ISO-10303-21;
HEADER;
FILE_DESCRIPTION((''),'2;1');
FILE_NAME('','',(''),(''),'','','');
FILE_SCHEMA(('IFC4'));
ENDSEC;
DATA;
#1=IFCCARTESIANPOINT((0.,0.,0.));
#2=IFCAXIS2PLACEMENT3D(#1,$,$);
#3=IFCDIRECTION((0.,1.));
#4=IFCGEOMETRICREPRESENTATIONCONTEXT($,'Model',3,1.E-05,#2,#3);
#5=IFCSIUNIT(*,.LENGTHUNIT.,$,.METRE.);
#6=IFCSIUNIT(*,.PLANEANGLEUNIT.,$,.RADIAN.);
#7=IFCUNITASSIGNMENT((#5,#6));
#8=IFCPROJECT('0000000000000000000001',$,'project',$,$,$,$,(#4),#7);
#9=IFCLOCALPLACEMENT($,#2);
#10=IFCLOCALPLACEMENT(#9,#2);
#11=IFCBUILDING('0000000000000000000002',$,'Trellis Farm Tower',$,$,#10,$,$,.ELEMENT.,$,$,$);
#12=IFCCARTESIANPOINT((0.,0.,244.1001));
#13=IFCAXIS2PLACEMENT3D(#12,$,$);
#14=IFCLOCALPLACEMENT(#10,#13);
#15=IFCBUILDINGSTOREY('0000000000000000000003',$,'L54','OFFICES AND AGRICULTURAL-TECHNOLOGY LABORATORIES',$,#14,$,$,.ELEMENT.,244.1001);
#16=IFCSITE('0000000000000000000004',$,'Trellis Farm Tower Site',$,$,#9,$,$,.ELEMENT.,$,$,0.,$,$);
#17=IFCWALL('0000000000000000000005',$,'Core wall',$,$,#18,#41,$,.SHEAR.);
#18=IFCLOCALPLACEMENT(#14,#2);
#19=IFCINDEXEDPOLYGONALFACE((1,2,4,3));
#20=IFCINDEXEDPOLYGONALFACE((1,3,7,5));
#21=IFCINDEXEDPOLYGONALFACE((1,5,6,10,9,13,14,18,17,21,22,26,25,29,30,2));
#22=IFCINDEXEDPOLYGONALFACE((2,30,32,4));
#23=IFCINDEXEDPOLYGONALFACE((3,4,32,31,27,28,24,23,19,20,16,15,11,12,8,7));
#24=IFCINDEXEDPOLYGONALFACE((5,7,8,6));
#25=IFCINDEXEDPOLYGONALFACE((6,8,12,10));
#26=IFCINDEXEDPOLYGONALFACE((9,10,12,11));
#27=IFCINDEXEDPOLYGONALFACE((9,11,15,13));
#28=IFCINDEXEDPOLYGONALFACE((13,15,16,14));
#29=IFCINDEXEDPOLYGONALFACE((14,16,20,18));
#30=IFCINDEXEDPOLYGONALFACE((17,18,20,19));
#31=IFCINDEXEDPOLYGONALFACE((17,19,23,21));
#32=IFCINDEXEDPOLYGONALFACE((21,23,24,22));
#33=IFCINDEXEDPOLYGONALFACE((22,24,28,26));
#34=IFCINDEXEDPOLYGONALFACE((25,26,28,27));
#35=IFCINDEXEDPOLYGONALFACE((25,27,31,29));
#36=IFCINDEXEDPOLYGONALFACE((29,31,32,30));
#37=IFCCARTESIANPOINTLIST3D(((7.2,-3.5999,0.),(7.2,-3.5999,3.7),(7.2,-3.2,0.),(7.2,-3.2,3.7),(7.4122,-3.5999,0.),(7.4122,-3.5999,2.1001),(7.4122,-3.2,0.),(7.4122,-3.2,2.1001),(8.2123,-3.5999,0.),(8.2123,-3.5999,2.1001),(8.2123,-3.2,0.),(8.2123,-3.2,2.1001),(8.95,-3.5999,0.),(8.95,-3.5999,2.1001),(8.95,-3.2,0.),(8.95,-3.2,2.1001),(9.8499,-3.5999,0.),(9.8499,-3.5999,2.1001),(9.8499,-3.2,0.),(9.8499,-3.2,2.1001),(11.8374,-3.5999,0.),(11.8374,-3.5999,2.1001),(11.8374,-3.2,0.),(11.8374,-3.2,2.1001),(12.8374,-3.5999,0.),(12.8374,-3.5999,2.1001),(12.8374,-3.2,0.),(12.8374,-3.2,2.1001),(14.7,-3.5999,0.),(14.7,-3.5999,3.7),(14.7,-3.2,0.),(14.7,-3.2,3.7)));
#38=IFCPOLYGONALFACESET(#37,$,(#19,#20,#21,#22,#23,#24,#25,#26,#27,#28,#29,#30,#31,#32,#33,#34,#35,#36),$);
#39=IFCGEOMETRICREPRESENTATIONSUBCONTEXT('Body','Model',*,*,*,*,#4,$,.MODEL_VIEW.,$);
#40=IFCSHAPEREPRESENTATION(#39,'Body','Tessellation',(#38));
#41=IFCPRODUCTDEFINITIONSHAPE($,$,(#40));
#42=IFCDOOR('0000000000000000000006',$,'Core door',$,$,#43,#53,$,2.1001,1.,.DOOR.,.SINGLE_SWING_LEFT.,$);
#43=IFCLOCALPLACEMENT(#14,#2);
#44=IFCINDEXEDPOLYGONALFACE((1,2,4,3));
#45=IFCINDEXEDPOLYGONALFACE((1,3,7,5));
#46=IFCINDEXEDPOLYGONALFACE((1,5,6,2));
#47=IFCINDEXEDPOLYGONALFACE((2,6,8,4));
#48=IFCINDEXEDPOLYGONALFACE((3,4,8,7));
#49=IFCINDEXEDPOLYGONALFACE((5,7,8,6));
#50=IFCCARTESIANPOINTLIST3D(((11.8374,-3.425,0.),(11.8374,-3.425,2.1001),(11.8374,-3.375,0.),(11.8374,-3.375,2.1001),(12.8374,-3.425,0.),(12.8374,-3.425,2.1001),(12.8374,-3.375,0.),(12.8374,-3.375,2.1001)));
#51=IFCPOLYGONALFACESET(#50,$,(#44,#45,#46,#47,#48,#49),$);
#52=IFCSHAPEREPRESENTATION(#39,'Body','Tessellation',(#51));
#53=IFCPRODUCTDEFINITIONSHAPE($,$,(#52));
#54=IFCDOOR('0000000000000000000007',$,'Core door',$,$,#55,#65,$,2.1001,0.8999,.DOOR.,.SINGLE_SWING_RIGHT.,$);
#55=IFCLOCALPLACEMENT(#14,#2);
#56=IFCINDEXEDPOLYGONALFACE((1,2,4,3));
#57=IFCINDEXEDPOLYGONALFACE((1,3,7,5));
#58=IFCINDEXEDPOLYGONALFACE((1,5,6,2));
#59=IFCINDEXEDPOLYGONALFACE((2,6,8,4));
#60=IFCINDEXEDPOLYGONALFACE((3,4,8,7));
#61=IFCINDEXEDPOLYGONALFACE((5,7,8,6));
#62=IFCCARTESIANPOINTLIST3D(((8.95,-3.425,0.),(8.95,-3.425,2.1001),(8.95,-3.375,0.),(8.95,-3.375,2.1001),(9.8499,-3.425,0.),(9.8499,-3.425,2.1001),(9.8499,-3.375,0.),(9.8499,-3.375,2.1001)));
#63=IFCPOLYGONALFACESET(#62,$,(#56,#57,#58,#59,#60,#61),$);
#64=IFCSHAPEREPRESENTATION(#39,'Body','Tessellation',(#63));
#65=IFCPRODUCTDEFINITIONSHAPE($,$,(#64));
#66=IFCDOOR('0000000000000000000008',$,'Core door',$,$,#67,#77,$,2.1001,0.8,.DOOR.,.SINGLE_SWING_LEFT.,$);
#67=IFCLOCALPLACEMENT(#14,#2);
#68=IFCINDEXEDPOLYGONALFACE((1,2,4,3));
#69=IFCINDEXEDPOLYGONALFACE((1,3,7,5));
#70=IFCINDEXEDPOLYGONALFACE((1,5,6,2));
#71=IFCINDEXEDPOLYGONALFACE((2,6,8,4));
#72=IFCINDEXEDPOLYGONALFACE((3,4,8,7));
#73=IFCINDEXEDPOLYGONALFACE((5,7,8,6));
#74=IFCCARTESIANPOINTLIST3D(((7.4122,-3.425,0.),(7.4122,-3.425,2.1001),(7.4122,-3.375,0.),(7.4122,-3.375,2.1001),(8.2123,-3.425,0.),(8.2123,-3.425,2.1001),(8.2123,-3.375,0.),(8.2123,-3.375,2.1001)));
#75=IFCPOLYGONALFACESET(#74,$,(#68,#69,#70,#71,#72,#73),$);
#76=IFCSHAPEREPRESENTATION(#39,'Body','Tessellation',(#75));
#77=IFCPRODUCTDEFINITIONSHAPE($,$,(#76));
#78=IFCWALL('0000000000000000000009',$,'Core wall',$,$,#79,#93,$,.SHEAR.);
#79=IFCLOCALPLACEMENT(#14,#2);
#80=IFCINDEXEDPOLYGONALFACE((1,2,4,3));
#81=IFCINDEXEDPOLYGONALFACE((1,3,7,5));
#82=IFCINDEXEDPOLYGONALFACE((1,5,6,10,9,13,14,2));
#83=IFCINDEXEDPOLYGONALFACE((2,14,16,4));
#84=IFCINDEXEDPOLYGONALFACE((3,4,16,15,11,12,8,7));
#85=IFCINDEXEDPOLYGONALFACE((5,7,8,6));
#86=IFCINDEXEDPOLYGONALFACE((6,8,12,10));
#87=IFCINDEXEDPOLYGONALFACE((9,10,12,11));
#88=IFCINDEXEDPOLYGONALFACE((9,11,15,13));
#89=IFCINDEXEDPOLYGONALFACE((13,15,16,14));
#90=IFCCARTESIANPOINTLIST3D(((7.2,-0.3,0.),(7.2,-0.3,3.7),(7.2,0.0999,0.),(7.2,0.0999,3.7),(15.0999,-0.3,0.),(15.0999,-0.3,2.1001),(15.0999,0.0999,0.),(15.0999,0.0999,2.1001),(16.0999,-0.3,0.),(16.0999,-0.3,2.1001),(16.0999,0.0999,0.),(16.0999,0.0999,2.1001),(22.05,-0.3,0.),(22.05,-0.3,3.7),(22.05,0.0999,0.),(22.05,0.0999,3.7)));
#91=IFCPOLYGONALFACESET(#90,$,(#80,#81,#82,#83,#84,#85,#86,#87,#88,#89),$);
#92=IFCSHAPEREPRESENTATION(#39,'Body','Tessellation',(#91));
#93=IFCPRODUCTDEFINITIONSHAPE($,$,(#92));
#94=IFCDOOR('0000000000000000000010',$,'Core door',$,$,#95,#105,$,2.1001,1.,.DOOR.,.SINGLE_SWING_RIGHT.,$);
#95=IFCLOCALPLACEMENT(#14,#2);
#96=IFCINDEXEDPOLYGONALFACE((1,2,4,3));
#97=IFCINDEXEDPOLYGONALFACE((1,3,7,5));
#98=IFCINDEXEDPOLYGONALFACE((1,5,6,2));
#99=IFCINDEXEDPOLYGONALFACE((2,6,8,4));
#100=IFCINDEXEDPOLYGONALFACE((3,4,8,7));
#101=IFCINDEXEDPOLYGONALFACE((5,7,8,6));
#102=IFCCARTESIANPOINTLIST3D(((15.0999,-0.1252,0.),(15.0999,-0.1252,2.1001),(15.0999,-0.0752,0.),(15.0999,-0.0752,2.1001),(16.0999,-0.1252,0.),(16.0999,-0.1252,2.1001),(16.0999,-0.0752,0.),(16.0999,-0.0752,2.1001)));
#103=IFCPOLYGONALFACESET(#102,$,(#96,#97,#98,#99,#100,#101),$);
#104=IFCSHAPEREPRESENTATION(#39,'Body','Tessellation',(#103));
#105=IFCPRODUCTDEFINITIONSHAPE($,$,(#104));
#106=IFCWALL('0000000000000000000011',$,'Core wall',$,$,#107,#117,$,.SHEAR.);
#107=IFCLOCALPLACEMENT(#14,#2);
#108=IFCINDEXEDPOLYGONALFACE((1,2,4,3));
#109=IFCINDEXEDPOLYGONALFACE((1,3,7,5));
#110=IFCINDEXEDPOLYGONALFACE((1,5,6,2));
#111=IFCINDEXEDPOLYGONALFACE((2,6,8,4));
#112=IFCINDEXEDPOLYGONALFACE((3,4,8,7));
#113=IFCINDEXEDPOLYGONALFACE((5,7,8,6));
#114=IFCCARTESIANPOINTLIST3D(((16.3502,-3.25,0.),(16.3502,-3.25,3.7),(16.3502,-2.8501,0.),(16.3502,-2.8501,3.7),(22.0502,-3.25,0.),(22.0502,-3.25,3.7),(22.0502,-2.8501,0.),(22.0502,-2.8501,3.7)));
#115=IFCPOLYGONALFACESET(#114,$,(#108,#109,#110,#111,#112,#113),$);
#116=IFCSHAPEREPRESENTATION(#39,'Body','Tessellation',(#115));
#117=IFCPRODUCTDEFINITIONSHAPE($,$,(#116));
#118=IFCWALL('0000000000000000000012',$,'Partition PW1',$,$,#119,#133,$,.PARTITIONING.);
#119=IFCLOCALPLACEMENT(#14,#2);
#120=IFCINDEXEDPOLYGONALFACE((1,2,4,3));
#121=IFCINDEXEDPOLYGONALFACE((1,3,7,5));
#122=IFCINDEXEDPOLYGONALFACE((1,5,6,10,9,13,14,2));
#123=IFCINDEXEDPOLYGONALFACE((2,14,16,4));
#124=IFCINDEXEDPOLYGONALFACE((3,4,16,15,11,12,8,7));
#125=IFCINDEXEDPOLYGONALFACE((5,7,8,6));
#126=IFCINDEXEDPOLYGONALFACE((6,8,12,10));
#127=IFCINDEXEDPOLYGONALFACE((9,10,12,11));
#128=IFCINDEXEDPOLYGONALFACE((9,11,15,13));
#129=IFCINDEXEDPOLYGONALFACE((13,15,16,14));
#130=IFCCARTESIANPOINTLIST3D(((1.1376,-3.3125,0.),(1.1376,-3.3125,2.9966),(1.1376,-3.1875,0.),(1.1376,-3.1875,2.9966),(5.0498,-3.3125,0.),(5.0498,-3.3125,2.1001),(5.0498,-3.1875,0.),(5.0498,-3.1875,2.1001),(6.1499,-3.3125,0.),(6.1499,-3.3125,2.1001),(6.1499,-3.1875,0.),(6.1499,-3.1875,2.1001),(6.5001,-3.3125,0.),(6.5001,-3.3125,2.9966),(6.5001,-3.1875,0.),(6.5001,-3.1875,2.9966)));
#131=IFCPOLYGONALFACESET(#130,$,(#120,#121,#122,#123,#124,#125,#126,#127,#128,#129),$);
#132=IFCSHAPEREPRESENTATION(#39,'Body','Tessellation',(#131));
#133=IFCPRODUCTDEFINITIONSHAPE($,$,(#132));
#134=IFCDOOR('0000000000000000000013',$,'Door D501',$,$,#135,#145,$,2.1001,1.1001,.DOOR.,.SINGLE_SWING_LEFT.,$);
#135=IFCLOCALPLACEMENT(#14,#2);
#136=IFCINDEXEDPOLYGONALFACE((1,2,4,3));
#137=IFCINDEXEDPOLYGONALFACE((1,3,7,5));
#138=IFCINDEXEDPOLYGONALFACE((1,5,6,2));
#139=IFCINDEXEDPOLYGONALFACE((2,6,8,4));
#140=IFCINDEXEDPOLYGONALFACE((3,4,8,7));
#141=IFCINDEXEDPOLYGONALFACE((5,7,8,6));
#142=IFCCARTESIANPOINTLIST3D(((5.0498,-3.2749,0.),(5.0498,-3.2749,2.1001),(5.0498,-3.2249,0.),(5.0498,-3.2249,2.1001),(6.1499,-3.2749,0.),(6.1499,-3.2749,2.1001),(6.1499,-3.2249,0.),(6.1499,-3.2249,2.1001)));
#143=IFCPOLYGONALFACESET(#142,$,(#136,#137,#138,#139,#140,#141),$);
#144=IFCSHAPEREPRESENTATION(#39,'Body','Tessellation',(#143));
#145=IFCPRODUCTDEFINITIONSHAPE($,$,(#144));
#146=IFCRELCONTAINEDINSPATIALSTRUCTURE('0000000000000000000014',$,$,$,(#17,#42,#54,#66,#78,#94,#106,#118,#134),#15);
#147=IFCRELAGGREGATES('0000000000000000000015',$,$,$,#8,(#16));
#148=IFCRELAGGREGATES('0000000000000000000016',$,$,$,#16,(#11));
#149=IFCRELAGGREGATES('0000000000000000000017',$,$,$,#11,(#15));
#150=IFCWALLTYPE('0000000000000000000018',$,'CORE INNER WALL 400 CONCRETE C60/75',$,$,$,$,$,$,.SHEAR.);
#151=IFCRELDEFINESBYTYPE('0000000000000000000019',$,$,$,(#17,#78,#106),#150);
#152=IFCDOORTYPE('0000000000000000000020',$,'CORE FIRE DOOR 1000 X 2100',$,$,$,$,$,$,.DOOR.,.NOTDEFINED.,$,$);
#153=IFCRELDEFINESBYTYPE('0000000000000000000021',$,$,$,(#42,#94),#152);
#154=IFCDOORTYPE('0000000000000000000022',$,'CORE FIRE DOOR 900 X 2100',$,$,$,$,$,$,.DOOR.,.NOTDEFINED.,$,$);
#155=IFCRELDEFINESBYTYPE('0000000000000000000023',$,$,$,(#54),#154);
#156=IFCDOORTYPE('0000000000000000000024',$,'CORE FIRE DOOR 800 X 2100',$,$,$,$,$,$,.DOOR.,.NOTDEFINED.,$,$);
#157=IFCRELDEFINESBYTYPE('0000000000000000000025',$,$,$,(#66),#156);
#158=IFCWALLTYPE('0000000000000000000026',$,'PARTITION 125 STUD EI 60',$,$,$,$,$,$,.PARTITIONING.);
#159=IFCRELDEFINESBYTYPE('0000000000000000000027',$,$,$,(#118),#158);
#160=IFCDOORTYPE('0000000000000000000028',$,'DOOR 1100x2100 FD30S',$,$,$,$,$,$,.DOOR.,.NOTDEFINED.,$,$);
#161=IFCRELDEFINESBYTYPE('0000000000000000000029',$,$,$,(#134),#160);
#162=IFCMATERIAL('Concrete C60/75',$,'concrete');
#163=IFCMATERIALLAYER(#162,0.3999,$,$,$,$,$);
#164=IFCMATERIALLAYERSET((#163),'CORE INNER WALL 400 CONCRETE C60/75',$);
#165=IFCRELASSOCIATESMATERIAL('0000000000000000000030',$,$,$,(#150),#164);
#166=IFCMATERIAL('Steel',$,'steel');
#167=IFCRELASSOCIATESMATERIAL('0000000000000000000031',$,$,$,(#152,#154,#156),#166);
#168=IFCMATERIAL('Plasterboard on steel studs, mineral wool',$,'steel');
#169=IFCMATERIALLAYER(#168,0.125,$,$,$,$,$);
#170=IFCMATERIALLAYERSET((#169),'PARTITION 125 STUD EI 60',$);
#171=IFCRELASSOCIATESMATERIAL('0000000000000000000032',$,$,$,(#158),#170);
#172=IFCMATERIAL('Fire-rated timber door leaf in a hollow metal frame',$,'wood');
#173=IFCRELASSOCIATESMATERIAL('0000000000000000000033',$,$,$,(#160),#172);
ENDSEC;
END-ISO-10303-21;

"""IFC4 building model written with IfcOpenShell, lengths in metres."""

from ifc_helpers import new_model, si_unit, direction, frame, frame_2d, origin, place, context, subcontext, project, spatial, rectangle, extrude, source, transform, mapped, material, layer, layer_set, type_object, element, fill, save


model = new_model("IFC4")

# Units and contexts
model_context = context("Model", 3, precision=1e-05, world=origin(), true_north=direction((0.0, 1.0)))
body_context = subcontext(model_context, "Body", "Model", "MODEL_VIEW")
ifc_project = project(units=[si_unit("LENGTHUNIT", "METRE"), si_unit("PLANEANGLEUNIT", "RADIAN")], contexts=[model_context])

# Site, building, storey
site_placement = place(None, origin())
site = spatial("IfcSite", under=ifc_project, at=site_placement, Name="Trellis Farm Tower Site", CompositionType="ELEMENT", RefElevation=0.0)
building_placement = place(site_placement, origin())
building = spatial("IfcBuilding", under=site, at=building_placement, Name="Trellis Farm Tower", CompositionType="ELEMENT")
storey_placement = place(building_placement, frame((0.0, 0.0, 244.1001)))
storey = spatial("IfcBuildingStorey", under=building, at=storey_placement, Name="L54", Description="OFFICES AND AGRICULTURAL-TECHNOLOGY LABORATORIES", CompositionType="ELEMENT", Elevation=244.1001)

# Shared definitions
ifc_material_1 = material(Name="Concrete C60/75", Category="concrete")

# Wall, openings, doors
ifc_layer_1 = layer(ifc_material_1, 0.3999)
ifc_layer_set_1 = layer_set([ifc_layer_1], Name="CORE INNER WALL 400 CONCRETE C60/75")
wall_type_1 = type_object("IfcWallType", Name="CORE INNER WALL 400 CONCRETE C60/75", PredefinedType="SHEAR", material=ifc_layer_set_1)
shared_shape_1 = source(origin(), body_context, "Body", "SweptSolid", [
    extrude(rectangle(XDim=7.5, YDim=0.3999, at=frame_2d((3.75, 0.0))), origin(), (0.0, 0.0, 1.0), 3.7),
])
wall_1_placement = place(storey_placement, frame((7.2, -3.3999, 0.0), z_axis=(0.0, 0.0, 1.0), x_axis=(1.0, 0.0, 0.0)))
wall_1 = element("IfcWall", 1, at=wall_1_placement, inside=storey, type_object=wall_type_1, Name="Core wall", PredefinedType="SHEAR", context=body_context, shape_type="MappedRepresentation", body=[
    mapped(shared_shape_1, transform((0.0, 0.0, 0.0))),
])
shared_shape_2 = source(origin(), body_context, "Body", "SweptSolid", [
    extrude(rectangle(XDim=0.8, YDim=2.1001, at=frame_2d((0.3999, 1.05))), frame((0.0, 0.21, 0.0), z_axis=(0.0, -1.0, 0.0), x_axis=(1.0, 0.0, 0.0)), (0.0, 0.0, 1.0), 0.4199),
])
opening_1_placement = place(wall_1_placement, frame((0.2124, 0.0, 0.0)))
opening_1 = element("IfcOpeningElement", 2, at=opening_1_placement, cuts=wall_1, PredefinedType="OPENING", context=body_context, shape_type="MappedRepresentation", body=[
    mapped(shared_shape_2, transform((0.0, 0.0, 0.0))),
])
shared_shape_3 = source(origin(), body_context, "Body", "SweptSolid", [
    extrude(rectangle(XDim=0.8999, YDim=2.1001, at=frame_2d((0.45, 1.05))), frame((0.0, 0.21, 0.0), z_axis=(0.0, -1.0, 0.0), x_axis=(1.0, 0.0, 0.0)), (0.0, 0.0, 1.0), 0.4199),
])
opening_2_placement = place(wall_1_placement, frame((1.75, 0.0, 0.0)))
opening_2 = element("IfcOpeningElement", 3, at=opening_2_placement, cuts=wall_1, PredefinedType="OPENING", context=body_context, shape_type="MappedRepresentation", body=[
    mapped(shared_shape_3, transform((0.0, 0.0, 0.0))),
])
shared_shape_4 = source(origin(), body_context, "Body", "SweptSolid", [
    extrude(rectangle(XDim=1.0, YDim=2.1001, at=frame_2d((0.5, 1.05))), frame((0.0, 0.21, 0.0), z_axis=(0.0, -1.0, 0.0), x_axis=(1.0, 0.0, 0.0)), (0.0, 0.0, 1.0), 0.4199),
])
opening_3_placement = place(wall_1_placement, frame((4.6375, 0.0, 0.0)))
opening_3 = element("IfcOpeningElement", 4, at=opening_3_placement, cuts=wall_1, PredefinedType="OPENING", context=body_context, shape_type="MappedRepresentation", body=[
    mapped(shared_shape_4, transform((0.0, 0.0, 0.0))),
])
ifc_material_2 = material(Name="Steel", Category="steel")
door_type_1 = type_object("IfcDoorType", Name="CORE FIRE DOOR 1000 X 2100", OperationType="NOTDEFINED", PredefinedType="DOOR", material=ifc_material_2)
shared_shape_5 = source(origin(), body_context, "Body", "SweptSolid", [
    extrude(rectangle(XDim=1.0, YDim=2.1001, at=frame_2d((0.5, 1.05))), frame((0.0, 0.0249, 0.0), z_axis=(0.0, -1.0, 0.0), x_axis=(1.0, 0.0, 0.0)), (0.0, 0.0, 1.0), 0.05),
])
door_1_placement = place(opening_3_placement, origin())
door_1 = element("IfcDoor", 5, at=door_1_placement, inside=storey, type_object=door_type_1, Name="Core door", OperationType="SINGLE_SWING_LEFT", OverallHeight=2.1001, OverallWidth=1.0, PredefinedType="DOOR", context=body_context, shape_type="MappedRepresentation", body=[
    mapped(shared_shape_5, transform((0.0, 0.0, 0.0))),
])
fill(opening_3, door_1)
door_type_2 = type_object("IfcDoorType", Name="CORE FIRE DOOR 900 X 2100", OperationType="NOTDEFINED", PredefinedType="DOOR", material=ifc_material_2)
shared_shape_6 = source(origin(), body_context, "Body", "SweptSolid", [
    extrude(rectangle(XDim=0.8999, YDim=2.1001, at=frame_2d((0.45, 1.05))), frame((0.0, 0.0249, 0.0), z_axis=(0.0, -1.0, 0.0), x_axis=(1.0, 0.0, 0.0)), (0.0, 0.0, 1.0), 0.05),
])
door_2_placement = place(opening_2_placement, origin())
door_2 = element("IfcDoor", 6, at=door_2_placement, inside=storey, type_object=door_type_2, Name="Core door", OperationType="SINGLE_SWING_RIGHT", OverallHeight=2.1001, OverallWidth=0.8999, PredefinedType="DOOR", context=body_context, shape_type="MappedRepresentation", body=[
    mapped(shared_shape_6, transform((0.0, 0.0, 0.0))),
])
fill(opening_2, door_2)
door_type_3 = type_object("IfcDoorType", Name="CORE FIRE DOOR 800 X 2100", OperationType="NOTDEFINED", PredefinedType="DOOR", material=ifc_material_2)
shared_shape_7 = source(origin(), body_context, "Body", "SweptSolid", [
    extrude(rectangle(XDim=0.8, YDim=2.1001, at=frame_2d((0.3999, 1.05))), frame((0.0, 0.0249, 0.0), z_axis=(0.0, -1.0, 0.0), x_axis=(1.0, 0.0, 0.0)), (0.0, 0.0, 1.0), 0.05),
])
door_3_placement = place(opening_1_placement, origin())
door_3 = element("IfcDoor", 7, at=door_3_placement, inside=storey, type_object=door_type_3, Name="Core door", OperationType="SINGLE_SWING_LEFT", OverallHeight=2.1001, OverallWidth=0.8, PredefinedType="DOOR", context=body_context, shape_type="MappedRepresentation", body=[
    mapped(shared_shape_7, transform((0.0, 0.0, 0.0))),
])
fill(opening_1, door_3)

# Wall, opening, door
shared_shape_8 = source(origin(), body_context, "Body", "SweptSolid", [
    extrude(rectangle(XDim=14.8501, YDim=0.3999, at=frame_2d((7.425, 0.0))), origin(), (0.0, 0.0, 1.0), 3.7),
])
wall_2_placement = place(storey_placement, frame((7.2, -0.1001, 0.0), z_axis=(0.0, 0.0, 1.0), x_axis=(1.0, 0.0, 0.0)))
wall_2 = element("IfcWall", 8, at=wall_2_placement, inside=storey, type_object=wall_type_1, Name="Core wall", PredefinedType="SHEAR", context=body_context, shape_type="MappedRepresentation", body=[
    mapped(shared_shape_8, transform((0.0, 0.0, 0.0))),
])
opening_4_placement = place(wall_2_placement, frame((7.8999, 0.0, 0.0)))
opening_4 = element("IfcOpeningElement", 9, at=opening_4_placement, cuts=wall_2, PredefinedType="OPENING", context=body_context, shape_type="MappedRepresentation", body=[
    mapped(shared_shape_4, transform((0.0, 0.0, 0.0))),
])
door_4_placement = place(opening_4_placement, origin())
door_4 = element("IfcDoor", 10, at=door_4_placement, inside=storey, type_object=door_type_1, Name="Core door", OperationType="SINGLE_SWING_RIGHT", OverallHeight=2.1001, OverallWidth=1.0, PredefinedType="DOOR", context=body_context, shape_type="MappedRepresentation", body=[
    mapped(shared_shape_5, transform((0.0, 0.0, 0.0))),
])
fill(opening_4, door_4)

# Wall
shared_shape_9 = source(origin(), body_context, "Body", "SweptSolid", [
    extrude(rectangle(XDim=5.7, YDim=0.3999, at=frame_2d((2.8501, 0.0))), origin(), (0.0, 0.0, 1.0), 3.7),
])
wall_3_placement = place(storey_placement, frame((16.3501, -3.05, 0.0), z_axis=(0.0, 0.0, 1.0), x_axis=(1.0, 0.0, 0.0)))
element("IfcWall", 11, at=wall_3_placement, inside=storey, type_object=wall_type_1, Name="Core wall", PredefinedType="SHEAR", context=body_context, shape_type="MappedRepresentation", body=[
    mapped(shared_shape_9, transform((0.0, 0.0, 0.0))),
])

# Wall, opening, door
ifc_material_3 = material(Name="Plasterboard on steel studs, mineral wool", Category="steel")
ifc_layer_2 = layer(ifc_material_3, 0.125)
ifc_layer_set_2 = layer_set([ifc_layer_2], Name="PARTITION 125 STUD EI 60")
wall_type_2 = type_object("IfcWallType", Name="PARTITION 125 STUD EI 60", PredefinedType="PARTITIONING", material=ifc_layer_set_2)
shared_shape_10 = source(origin(), body_context, "Body", "SweptSolid", [
    extrude(rectangle(XDim=5.3625, YDim=0.125, at=frame_2d((2.6812, 0.0))), origin(), (0.0, 0.0, 1.0), 2.9966),
])
wall_4_placement = place(storey_placement, frame((6.5, -3.25, 0.0), z_axis=(0.0, 0.0, 1.0), x_axis=(-1.0, 0.0, 0.0)))
wall_4 = element("IfcWall", 12, at=wall_4_placement, inside=storey, type_object=wall_type_2, Name="Partition PW1", PredefinedType="PARTITIONING", context=body_context, shape_type="MappedRepresentation", body=[
    mapped(shared_shape_10, transform((0.0, 0.0, 0.0))),
])
shared_shape_11 = source(origin(), body_context, "Body", "SweptSolid", [
    extrude(rectangle(XDim=1.1001, YDim=2.1001, at=frame_2d((0.55, 1.05))), frame((0.0, 0.0725, 0.0), z_axis=(0.0, -1.0, 0.0), x_axis=(1.0, 0.0, 0.0)), (0.0, 0.0, 1.0), 0.145),
])
opening_5_placement = place(wall_4_placement, frame((0.3501, 0.0, 0.0)))
opening_5 = element("IfcOpeningElement", 13, at=opening_5_placement, cuts=wall_4, PredefinedType="OPENING", context=body_context, shape_type="MappedRepresentation", body=[
    mapped(shared_shape_11, transform((0.0, 0.0, 0.0))),
])
ifc_material_4 = material(Name="Fire-rated timber door leaf in a hollow metal frame", Category="wood")
door_type_4 = type_object("IfcDoorType", Name="DOOR 1100x2100 FD30S", OperationType="NOTDEFINED", PredefinedType="DOOR", material=ifc_material_4)
shared_shape_12 = source(origin(), body_context, "Body", "SweptSolid", [
    extrude(rectangle(XDim=1.1001, YDim=2.1001, at=frame_2d((0.55, 1.05))), frame((0.0, 0.0249, 0.0), z_axis=(0.0, -1.0, 0.0), x_axis=(1.0, 0.0, 0.0)), (0.0, 0.0, 1.0), 0.05),
])
door_5_placement = place(opening_5_placement, origin())
door_5 = element("IfcDoor", 14, at=door_5_placement, inside=storey, type_object=door_type_4, Name="Door D501", OperationType="SINGLE_SWING_LEFT", OverallHeight=2.1001, OverallWidth=1.1001, PredefinedType="DOOR", context=body_context, shape_type="MappedRepresentation", body=[
    mapped(shared_shape_12, transform((0.0, 0.0, 0.0))),
])
fill(opening_5, door_5)

save(model, "model.ifc")
